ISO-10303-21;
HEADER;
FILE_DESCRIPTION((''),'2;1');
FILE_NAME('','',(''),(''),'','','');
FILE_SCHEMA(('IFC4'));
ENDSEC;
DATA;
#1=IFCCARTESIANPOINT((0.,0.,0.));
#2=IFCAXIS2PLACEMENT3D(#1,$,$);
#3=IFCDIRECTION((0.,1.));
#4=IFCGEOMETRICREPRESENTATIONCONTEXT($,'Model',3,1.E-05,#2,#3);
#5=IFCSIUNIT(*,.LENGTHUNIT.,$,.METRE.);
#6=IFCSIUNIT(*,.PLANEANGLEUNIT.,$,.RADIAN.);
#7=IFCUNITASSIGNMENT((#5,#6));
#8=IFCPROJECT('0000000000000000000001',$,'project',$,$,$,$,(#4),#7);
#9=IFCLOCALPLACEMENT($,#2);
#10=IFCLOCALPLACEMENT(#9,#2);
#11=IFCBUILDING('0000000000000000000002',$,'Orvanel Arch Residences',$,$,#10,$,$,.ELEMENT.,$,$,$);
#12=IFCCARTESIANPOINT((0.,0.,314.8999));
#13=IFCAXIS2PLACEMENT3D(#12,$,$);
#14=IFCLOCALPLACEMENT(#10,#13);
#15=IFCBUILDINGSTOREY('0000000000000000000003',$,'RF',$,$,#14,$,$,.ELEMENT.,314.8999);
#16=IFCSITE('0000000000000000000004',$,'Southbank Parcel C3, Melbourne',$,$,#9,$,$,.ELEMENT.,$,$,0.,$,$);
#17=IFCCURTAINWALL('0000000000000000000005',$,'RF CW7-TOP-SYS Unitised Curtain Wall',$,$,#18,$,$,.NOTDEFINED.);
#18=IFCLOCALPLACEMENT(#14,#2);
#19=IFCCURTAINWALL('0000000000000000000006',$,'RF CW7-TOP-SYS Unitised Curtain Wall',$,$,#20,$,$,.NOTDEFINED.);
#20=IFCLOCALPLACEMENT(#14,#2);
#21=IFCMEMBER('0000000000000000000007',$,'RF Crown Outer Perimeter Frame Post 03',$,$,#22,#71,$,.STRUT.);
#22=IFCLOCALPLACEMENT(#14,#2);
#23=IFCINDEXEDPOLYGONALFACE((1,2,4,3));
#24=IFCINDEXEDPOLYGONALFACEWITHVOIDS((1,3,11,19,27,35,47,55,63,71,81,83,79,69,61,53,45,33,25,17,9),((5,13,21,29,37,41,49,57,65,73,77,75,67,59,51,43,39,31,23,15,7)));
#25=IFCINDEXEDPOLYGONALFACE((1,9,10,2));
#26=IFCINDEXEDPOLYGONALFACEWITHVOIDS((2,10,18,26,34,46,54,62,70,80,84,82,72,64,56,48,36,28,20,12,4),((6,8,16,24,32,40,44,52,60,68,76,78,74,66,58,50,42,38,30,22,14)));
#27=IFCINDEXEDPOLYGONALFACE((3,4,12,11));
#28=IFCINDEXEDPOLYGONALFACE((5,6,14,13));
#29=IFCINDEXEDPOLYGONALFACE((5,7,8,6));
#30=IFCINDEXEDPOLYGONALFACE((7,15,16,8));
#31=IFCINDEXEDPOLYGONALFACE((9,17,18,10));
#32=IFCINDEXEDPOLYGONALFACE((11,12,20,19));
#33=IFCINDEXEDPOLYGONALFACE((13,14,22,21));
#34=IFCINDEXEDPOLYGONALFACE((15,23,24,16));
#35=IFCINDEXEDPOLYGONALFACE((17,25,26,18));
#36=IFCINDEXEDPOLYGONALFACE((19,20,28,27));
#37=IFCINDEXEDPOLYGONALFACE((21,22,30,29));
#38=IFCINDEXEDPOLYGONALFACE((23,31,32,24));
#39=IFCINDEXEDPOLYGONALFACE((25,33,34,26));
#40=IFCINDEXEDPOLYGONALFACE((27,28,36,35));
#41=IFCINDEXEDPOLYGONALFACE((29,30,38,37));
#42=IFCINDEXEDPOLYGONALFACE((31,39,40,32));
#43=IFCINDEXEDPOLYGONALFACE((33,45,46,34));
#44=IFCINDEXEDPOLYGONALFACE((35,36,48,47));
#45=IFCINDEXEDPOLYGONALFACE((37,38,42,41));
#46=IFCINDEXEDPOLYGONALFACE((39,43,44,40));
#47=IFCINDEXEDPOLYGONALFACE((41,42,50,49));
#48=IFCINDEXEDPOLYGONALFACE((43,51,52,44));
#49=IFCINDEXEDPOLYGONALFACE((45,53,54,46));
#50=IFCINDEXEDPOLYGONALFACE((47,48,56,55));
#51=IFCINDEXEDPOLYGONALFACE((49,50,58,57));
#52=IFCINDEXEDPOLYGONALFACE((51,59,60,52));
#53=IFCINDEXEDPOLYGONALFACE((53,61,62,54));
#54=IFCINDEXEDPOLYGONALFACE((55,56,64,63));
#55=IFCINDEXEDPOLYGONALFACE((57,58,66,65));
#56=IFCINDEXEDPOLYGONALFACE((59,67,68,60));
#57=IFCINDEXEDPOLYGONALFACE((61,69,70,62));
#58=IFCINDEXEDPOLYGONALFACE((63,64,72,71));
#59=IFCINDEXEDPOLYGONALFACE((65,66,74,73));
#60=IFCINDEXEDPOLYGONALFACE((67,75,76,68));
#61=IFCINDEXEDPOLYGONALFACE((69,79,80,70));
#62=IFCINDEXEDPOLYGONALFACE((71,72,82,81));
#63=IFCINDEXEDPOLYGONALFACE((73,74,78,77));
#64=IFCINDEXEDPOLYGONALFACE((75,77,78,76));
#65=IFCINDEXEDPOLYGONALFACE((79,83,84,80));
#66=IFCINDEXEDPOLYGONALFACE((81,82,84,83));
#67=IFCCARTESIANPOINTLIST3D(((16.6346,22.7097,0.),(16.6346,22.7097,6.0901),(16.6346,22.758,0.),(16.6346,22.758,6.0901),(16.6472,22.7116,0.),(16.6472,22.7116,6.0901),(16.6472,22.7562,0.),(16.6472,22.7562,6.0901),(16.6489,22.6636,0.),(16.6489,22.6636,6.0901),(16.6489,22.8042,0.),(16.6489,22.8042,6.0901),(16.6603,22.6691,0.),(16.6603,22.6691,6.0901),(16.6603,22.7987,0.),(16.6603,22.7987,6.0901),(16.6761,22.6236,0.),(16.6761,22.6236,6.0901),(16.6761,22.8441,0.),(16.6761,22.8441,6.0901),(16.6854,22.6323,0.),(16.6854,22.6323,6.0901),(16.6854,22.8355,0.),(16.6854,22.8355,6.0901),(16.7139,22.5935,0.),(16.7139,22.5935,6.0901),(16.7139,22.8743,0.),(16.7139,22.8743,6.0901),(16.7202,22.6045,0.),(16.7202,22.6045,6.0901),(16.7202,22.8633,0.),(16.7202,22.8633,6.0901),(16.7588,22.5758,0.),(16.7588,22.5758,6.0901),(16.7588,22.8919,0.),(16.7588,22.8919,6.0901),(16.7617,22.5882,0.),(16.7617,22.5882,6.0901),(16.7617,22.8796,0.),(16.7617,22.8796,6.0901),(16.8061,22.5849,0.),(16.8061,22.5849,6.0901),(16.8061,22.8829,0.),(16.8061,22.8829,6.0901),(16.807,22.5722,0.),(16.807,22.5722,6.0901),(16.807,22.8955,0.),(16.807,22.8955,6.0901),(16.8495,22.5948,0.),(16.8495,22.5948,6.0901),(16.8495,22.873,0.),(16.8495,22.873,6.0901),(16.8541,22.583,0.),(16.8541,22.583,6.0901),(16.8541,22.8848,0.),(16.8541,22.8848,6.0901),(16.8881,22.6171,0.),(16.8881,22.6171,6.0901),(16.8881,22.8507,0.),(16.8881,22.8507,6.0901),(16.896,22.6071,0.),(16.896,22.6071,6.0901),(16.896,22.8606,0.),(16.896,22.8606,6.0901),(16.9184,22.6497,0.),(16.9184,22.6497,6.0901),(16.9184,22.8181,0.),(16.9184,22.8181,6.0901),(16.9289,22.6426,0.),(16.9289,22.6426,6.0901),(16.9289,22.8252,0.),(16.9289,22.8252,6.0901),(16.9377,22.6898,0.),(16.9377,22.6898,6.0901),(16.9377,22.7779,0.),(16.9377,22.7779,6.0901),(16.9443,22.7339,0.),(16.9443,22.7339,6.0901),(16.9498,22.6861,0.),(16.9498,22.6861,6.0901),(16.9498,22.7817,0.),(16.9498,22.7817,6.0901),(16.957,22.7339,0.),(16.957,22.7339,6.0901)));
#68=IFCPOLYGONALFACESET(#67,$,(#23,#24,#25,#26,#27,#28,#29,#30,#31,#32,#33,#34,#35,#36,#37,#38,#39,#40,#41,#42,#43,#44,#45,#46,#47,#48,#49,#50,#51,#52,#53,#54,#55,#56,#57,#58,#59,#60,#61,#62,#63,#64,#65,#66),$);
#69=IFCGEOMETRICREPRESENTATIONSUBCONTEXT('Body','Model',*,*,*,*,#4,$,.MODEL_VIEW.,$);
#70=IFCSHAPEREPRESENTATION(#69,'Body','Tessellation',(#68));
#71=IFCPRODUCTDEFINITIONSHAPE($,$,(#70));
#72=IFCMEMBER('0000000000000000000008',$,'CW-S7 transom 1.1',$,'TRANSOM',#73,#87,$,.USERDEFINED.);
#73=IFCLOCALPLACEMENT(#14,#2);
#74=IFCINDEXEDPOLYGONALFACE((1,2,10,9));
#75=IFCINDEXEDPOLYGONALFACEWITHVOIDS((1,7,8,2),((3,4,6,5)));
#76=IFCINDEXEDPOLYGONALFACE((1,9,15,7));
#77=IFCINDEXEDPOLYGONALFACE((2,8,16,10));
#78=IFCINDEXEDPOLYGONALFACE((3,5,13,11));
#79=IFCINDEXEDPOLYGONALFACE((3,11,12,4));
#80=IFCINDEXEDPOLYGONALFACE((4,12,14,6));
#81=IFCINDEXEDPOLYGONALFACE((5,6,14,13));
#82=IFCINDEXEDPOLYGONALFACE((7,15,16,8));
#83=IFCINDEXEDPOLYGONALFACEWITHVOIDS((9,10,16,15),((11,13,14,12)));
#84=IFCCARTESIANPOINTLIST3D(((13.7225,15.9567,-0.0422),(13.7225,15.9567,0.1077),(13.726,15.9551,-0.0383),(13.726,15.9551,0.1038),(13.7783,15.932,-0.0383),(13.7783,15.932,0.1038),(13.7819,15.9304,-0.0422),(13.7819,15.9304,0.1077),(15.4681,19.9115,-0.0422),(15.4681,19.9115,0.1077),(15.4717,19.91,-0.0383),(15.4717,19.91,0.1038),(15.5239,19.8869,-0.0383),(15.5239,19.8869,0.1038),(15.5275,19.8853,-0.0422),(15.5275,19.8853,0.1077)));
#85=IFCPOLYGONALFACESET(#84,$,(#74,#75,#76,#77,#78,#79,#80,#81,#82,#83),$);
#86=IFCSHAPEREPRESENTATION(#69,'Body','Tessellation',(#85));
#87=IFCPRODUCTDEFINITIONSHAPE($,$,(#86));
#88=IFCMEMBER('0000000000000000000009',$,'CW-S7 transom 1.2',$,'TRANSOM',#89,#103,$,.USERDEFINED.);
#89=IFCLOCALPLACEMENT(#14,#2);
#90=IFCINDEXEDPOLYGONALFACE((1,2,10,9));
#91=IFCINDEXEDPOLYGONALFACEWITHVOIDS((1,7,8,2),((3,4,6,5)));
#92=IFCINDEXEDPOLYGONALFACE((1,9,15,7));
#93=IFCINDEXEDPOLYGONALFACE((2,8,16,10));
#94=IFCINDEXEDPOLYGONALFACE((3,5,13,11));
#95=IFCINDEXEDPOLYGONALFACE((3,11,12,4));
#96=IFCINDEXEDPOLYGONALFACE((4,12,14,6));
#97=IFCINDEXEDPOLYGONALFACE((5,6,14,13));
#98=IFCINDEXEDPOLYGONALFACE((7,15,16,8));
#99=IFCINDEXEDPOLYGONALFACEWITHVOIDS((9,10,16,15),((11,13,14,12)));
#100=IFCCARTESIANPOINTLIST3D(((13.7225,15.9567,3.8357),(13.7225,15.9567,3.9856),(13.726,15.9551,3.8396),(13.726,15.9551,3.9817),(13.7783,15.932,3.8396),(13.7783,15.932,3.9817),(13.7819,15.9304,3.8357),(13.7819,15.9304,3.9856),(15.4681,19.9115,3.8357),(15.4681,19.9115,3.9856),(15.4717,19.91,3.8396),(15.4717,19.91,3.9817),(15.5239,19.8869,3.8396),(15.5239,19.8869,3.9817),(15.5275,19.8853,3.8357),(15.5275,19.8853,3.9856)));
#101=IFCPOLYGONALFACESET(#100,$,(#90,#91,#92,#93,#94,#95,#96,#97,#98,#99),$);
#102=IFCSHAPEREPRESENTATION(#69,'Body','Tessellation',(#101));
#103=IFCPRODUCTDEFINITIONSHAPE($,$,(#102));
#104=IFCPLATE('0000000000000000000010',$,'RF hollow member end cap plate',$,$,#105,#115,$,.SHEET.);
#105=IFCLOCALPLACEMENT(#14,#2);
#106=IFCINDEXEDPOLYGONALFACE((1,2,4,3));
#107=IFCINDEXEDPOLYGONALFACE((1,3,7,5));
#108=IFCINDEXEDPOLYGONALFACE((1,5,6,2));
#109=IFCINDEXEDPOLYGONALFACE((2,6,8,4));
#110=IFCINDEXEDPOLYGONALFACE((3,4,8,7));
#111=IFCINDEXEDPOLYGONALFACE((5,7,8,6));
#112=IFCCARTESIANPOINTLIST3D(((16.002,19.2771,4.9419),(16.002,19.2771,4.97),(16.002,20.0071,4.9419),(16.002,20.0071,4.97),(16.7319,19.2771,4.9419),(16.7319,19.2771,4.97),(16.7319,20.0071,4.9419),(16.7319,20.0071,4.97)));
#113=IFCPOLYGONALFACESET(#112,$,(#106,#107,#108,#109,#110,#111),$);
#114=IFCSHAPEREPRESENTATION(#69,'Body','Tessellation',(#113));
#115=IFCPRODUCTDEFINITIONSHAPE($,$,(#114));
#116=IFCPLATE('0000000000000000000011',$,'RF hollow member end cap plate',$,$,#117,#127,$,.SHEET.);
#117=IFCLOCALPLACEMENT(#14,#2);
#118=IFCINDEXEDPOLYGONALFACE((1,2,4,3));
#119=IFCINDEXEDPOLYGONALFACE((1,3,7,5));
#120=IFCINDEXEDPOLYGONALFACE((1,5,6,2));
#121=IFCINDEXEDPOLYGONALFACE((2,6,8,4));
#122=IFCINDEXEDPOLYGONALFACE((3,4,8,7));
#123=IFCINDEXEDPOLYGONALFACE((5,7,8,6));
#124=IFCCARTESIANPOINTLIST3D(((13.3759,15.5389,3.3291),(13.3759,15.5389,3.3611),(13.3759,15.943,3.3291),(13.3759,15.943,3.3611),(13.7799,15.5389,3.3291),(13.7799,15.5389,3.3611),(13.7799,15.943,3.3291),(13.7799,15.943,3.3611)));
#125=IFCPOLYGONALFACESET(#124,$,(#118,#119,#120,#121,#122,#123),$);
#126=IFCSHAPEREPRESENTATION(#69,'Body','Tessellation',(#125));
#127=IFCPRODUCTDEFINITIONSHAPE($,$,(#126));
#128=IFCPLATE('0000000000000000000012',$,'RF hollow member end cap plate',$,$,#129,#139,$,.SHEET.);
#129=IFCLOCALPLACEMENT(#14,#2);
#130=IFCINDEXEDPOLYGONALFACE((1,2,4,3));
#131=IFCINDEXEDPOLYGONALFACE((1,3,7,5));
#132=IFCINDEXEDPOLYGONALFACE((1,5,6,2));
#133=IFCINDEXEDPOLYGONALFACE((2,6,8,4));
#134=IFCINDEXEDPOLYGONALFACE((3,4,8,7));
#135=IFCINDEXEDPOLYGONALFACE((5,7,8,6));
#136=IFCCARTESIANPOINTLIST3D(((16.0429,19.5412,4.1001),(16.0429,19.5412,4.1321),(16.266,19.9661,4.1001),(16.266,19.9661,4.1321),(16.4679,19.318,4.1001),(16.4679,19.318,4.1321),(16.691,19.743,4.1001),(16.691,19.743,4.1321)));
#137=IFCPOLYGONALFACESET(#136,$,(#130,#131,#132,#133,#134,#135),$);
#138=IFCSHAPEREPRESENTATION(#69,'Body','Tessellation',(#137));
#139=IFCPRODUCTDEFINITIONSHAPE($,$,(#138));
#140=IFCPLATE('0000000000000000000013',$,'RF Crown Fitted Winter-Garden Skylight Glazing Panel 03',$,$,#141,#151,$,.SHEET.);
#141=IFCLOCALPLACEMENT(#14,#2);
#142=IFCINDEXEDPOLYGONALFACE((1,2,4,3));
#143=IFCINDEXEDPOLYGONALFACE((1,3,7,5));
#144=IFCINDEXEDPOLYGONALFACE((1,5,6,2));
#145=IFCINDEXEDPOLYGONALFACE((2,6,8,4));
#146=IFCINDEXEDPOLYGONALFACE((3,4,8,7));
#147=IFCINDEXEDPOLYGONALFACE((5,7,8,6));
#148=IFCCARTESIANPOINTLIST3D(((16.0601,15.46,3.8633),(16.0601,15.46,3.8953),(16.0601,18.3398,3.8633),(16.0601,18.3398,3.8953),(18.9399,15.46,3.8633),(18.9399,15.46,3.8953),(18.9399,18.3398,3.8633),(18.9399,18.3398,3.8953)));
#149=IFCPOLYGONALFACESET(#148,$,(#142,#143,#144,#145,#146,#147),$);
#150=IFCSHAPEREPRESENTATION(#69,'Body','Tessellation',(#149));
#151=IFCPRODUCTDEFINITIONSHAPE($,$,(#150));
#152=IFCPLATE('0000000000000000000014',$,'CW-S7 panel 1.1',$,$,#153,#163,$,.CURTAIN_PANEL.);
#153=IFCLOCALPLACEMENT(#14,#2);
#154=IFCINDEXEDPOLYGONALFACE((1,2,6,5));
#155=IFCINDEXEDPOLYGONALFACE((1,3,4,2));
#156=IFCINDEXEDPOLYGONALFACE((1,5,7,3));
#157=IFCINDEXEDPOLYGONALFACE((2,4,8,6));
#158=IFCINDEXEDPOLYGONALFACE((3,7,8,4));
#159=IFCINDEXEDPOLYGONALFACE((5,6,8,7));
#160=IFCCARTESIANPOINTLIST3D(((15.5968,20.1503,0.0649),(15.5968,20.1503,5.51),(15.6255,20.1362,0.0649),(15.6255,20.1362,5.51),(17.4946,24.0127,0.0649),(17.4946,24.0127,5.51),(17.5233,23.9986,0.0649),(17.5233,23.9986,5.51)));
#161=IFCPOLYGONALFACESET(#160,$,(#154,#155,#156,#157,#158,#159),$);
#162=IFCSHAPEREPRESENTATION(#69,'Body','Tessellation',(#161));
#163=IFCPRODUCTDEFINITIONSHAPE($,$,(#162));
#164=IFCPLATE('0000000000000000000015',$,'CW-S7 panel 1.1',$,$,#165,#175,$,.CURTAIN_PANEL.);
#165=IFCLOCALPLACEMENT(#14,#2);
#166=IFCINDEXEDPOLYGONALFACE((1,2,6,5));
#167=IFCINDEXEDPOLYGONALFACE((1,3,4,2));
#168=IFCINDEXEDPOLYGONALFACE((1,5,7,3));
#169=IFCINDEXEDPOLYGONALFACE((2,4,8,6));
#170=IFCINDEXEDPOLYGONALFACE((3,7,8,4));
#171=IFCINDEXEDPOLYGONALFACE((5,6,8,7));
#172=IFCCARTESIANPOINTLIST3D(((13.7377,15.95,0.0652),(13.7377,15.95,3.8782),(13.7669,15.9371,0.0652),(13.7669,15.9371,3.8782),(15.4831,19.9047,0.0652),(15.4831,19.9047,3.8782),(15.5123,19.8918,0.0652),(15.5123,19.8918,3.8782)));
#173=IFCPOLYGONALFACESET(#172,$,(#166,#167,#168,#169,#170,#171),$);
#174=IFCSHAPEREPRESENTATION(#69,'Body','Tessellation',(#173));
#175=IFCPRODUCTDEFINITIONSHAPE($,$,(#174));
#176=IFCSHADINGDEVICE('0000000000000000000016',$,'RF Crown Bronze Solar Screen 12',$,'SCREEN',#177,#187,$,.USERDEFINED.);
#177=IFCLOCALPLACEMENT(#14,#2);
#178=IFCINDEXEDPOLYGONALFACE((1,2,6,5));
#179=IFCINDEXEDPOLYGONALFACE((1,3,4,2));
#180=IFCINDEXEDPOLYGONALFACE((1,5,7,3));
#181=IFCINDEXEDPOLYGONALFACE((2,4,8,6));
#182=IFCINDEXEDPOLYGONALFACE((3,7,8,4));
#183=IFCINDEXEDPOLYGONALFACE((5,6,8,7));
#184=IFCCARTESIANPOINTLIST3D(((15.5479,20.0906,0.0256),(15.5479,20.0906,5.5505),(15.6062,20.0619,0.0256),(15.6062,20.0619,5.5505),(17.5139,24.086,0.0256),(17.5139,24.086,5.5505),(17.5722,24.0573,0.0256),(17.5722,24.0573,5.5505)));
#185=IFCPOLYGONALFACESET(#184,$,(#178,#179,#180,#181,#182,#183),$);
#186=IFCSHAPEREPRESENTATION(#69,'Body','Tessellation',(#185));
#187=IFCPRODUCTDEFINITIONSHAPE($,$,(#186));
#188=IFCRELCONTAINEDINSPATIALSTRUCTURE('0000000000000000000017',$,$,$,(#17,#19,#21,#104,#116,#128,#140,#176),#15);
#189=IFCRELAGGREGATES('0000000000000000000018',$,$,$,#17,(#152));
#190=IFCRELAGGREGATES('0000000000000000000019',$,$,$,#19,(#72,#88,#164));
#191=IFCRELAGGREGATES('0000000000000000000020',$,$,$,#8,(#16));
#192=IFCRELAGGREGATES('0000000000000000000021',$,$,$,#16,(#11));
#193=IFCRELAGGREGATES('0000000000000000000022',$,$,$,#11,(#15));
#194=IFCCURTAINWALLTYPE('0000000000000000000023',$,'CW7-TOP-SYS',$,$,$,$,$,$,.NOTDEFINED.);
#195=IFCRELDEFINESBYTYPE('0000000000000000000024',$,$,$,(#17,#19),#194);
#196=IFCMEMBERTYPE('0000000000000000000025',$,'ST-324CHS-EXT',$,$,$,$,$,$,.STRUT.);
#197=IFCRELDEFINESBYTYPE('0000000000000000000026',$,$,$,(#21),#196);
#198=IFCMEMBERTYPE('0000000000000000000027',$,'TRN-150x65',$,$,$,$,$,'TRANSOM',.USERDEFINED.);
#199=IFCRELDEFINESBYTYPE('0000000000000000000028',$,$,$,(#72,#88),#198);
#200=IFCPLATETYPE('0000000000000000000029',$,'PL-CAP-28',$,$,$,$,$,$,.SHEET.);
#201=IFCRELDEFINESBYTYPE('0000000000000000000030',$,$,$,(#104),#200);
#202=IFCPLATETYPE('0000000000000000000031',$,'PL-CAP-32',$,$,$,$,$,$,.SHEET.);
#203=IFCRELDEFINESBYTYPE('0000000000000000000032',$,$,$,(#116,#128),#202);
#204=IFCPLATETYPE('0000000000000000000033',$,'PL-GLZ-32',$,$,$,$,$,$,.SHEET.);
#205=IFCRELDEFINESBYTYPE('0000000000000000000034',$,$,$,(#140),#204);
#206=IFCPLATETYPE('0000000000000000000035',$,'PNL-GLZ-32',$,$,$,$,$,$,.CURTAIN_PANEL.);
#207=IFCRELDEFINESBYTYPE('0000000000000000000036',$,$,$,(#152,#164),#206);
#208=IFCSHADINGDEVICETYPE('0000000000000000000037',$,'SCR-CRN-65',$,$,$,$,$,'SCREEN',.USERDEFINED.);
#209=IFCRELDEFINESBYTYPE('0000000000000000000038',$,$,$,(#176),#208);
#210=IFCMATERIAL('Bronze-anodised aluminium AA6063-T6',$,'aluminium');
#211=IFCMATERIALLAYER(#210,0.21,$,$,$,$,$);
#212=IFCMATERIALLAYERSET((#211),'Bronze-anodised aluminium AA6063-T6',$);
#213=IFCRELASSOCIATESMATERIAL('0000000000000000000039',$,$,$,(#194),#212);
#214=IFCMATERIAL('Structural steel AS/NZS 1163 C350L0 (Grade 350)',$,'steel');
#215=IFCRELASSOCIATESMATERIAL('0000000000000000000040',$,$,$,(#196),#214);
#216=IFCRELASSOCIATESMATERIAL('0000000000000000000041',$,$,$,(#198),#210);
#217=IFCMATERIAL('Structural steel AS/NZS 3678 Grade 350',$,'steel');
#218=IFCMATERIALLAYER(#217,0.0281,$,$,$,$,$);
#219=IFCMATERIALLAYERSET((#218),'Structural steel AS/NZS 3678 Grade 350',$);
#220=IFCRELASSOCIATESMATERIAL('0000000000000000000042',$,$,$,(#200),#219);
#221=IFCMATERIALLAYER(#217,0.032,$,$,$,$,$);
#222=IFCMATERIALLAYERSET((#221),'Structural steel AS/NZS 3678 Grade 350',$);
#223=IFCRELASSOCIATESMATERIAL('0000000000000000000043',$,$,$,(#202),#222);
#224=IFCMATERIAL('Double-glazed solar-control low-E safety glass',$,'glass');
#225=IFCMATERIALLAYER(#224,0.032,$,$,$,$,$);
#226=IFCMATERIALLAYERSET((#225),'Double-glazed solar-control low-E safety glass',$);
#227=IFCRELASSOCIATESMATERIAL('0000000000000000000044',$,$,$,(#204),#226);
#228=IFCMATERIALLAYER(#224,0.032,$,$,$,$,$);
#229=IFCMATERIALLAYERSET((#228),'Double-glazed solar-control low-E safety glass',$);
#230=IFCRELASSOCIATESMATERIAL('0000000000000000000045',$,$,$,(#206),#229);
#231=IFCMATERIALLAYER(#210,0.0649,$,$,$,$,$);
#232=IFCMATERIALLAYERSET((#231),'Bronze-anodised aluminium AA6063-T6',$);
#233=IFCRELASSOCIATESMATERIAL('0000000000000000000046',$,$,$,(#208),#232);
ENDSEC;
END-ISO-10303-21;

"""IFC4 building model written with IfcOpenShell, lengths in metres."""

from ifc_helpers import new_model, si_unit, direction, frame, origin, origin_2d, place, context, subcontext, project, spatial, rectangle, hollow_rectangle, hollow_circle, extrude, material, layer, layer_set, material_profile, profile_set, type_object, element, aggregate, save


model = new_model("IFC4")

# Units and contexts
model_context = context("Model", 3, precision=1e-05, world=origin(), true_north=direction((0.0, 1.0)))
body_context = subcontext(model_context, "Body", "Model", "MODEL_VIEW")
ifc_project = project(units=[si_unit("LENGTHUNIT", "METRE"), si_unit("PLANEANGLEUNIT", "RADIAN")], contexts=[model_context])

# Site, building, storey
site_placement = place(None, origin())
site = spatial("IfcSite", under=ifc_project, at=site_placement, Name="Southbank Parcel C3, Melbourne", CompositionType="ELEMENT", RefElevation=0.0)
building_placement = place(site_placement, origin())
building = spatial("IfcBuilding", under=site, at=building_placement, Name="Orvanel Arch Residences", CompositionType="ELEMENT")
storey_placement = place(building_placement, frame((0.0, 0.0, 314.8999)))
storey = spatial("IfcBuildingStorey", under=building, at=storey_placement, Name="RF", CompositionType="ELEMENT", Elevation=314.8999)

# Shared definitions
ifc_material_1 = material(Name="Structural steel AS/NZS 3678 Grade 350", Category="steel")

# Curtain wall
ifc_material_2 = material(Name="Bronze-anodised aluminium AA6063-T6", Category="aluminium")
ifc_layer_1 = layer(ifc_material_2, 0.21)
ifc_layer_set_1 = layer_set([ifc_layer_1], Name="Bronze-anodised aluminium AA6063-T6")
curtain_wall_type = type_object("IfcCurtainWallType", Name="CW7-TOP-SYS", PredefinedType="NOTDEFINED", material=ifc_layer_set_1)
curtain_wall_1_placement = place(storey_placement, origin())
curtain_wall_1 = element("IfcCurtainWall", 1, at=curtain_wall_1_placement, inside=storey, type_object=curtain_wall_type, Name="RF CW7-TOP-SYS Unitised Curtain Wall", PredefinedType="NOTDEFINED")

# Curtain wall
curtain_wall_2_placement = place(storey_placement, origin())
curtain_wall_2 = element("IfcCurtainWall", 2, at=curtain_wall_2_placement, inside=storey, type_object=curtain_wall_type, Name="RF CW7-TOP-SYS Unitised Curtain Wall", PredefinedType="NOTDEFINED")

# Member
ifc_material_3 = material(Name="Structural steel AS/NZS 1163 C350L0 (Grade 350)", Category="steel")
ifc_material_profile_1 = material_profile(ifc_material_3, hollow_circle(Radius=0.1621, WallThickness=0.0127, at=origin_2d()), Name="CHS324x12.7")
ifc_profile_set_1 = profile_set([ifc_material_profile_1], Name="Structural steel AS/NZS 1163 C350L0 (Grade 350)")
member_type_1 = type_object("IfcMemberType", Name="ST-324CHS-EXT", PredefinedType="STRUT", material=ifc_profile_set_1)
member_1_placement = place(storey_placement, frame((16.7949, 22.7339, 0.0), z_axis=(0.0, 0.0, 1.0), x_axis=(1.0, 0.0, 0.0)))
element("IfcMember", 3, at=member_1_placement, inside=storey, type_object=member_type_1, Name="RF Crown Outer Perimeter Frame Post 03", PredefinedType="STRUT", context=body_context, shape_type="SweptSolid", body=[
    extrude(hollow_circle(Radius=0.1621, WallThickness=0.0127, at=origin_2d()), origin(), (0.0, 0.0, 1.0), 6.0901),
])

# Members
ifc_material_profile_2 = material_profile(ifc_material_2, hollow_rectangle(XDim=0.0649, YDim=0.1499, WallThickness=0.0039, at=origin_2d()), Name="ALU150x65x4")
ifc_profile_set_2 = profile_set([ifc_material_profile_2], Name="Bronze-anodised aluminium AA6063-T6")
member_type_2 = type_object("IfcMemberType", Name="TRN-150x65", ElementType="TRANSOM", PredefinedType="USERDEFINED", material=ifc_profile_set_2)
member_2_placement = place(storey_placement, frame((15.4978, 19.8984, 0.0327), z_axis=(-0.4038, -0.914847, 0.0), x_axis=(0.914847, -0.4038, 0.0)))
member_2 = element("IfcMember", 4, at=member_2_placement, type_object=member_type_2, Name="CW-S7 transom 1.1", ObjectType="TRANSOM", PredefinedType="USERDEFINED", context=body_context, shape_type="SweptSolid", body=[
    extrude(hollow_rectangle(XDim=0.0649, YDim=0.1499, WallThickness=0.0039, at=origin_2d()), origin(), (0.0, 0.0, 1.0), 4.323),
])
member_3_placement = place(storey_placement, frame((15.4978, 19.8984, 3.9106), z_axis=(-0.4038, -0.914847, 0.0), x_axis=(0.914847, -0.4038, 0.0)))
member_3 = element("IfcMember", 5, at=member_3_placement, type_object=member_type_2, Name="CW-S7 transom 1.2", ObjectType="TRANSOM", PredefinedType="USERDEFINED", context=body_context, shape_type="SweptSolid", body=[
    extrude(hollow_rectangle(XDim=0.0649, YDim=0.1499, WallThickness=0.0039, at=origin_2d()), origin(), (0.0, 0.0, 1.0), 4.323),
])

# Plates
ifc_layer_2 = layer(ifc_material_1, 0.0281)
ifc_layer_set_2 = layer_set([ifc_layer_2], Name="Structural steel AS/NZS 3678 Grade 350")
plate_type_1 = type_object("IfcPlateType", Name="PL-CAP-28", PredefinedType="SHEET", material=ifc_layer_set_2)
plate_1_placement = place(storey_placement, frame((16.3669, 19.6421, 4.9419), z_axis=(0.0, 0.0, 1.0), x_axis=(1.0, 0.0, 0.0)))
element("IfcPlate", 6, at=plate_1_placement, inside=storey, type_object=plate_type_1, Name="RF hollow member end cap plate", PredefinedType="SHEET", context=body_context, shape_type="SweptSolid", body=[
    extrude(rectangle(XDim=0.73, YDim=0.73, at=origin_2d()), origin(), (0.0, 0.0, 1.0), 0.0281),
])
ifc_layer_3 = layer(ifc_material_1, 0.032)
ifc_layer_set_3 = layer_set([ifc_layer_3], Name="Structural steel AS/NZS 3678 Grade 350")
plate_type_2 = type_object("IfcPlateType", Name="PL-CAP-32", PredefinedType="SHEET", material=ifc_layer_set_3)
plate_2_placement = place(storey_placement, frame((13.5779, 15.741, 3.3291), z_axis=(0.0, 0.0, 1.0), x_axis=(1.0, 0.0, 0.0)))
element("IfcPlate", 7, at=plate_2_placement, inside=storey, type_object=plate_type_2, Name="RF hollow member end cap plate", PredefinedType="SHEET", context=body_context, shape_type="SweptSolid", body=[
    extrude(rectangle(XDim=0.4041, YDim=0.4041, at=origin_2d()), origin(), (0.0, 0.0, 1.0), 0.032),
])
plate_3_placement = place(storey_placement, frame((16.3669, 19.6421, 4.1001), z_axis=(0.0, 0.0, 1.0), x_axis=(0.464842, 0.885394, 0.0)))
element("IfcPlate", 8, at=plate_3_placement, inside=storey, type_object=plate_type_2, Name="RF hollow member end cap plate", PredefinedType="SHEET", context=body_context, shape_type="SweptSolid", body=[
    extrude(rectangle(XDim=0.48, YDim=0.48, at=origin_2d()), origin(), (0.0, 0.0, 1.0), 0.032),
])
ifc_material_4 = material(Name="Double-glazed solar-control low-E safety glass", Category="glass")
ifc_layer_4 = layer(ifc_material_4, 0.032)
ifc_layer_set_4 = layer_set([ifc_layer_4], Name="Double-glazed solar-control low-E safety glass")
plate_type_3 = type_object("IfcPlateType", Name="PL-GLZ-32", PredefinedType="SHEET", material=ifc_layer_set_4)
plate_4_placement = place(storey_placement, frame((17.5, 16.8999, 3.8633), z_axis=(0.0, 0.0, 1.0), x_axis=(1.0, 0.0, 0.0)))
element("IfcPlate", 9, at=plate_4_placement, inside=storey, type_object=plate_type_3, Name="RF Crown Fitted Winter-Garden Skylight Glazing Panel 03", PredefinedType="SHEET", context=body_context, shape_type="SweptSolid", body=[
    extrude(rectangle(XDim=2.8799, YDim=2.8799, at=origin_2d()), origin(), (0.0, 0.0, 1.0), 0.032),
])

# Plates
ifc_layer_5 = layer(ifc_material_4, 0.032)
ifc_layer_set_5 = layer_set([ifc_layer_5], Name="Double-glazed solar-control low-E safety glass")
plate_type_4 = type_object("IfcPlateType", Name="PNL-GLZ-32", PredefinedType="CURTAIN_PANEL", material=ifc_layer_set_5)
plate_5_placement = place(storey_placement, frame((16.5601, 22.0745, 0.0649), z_axis=(0.0, 0.0, 1.0), x_axis=(-0.441005, -0.897504, 0.0)))
plate_5 = element("IfcPlate", 10, at=plate_5_placement, type_object=plate_type_4, Name="CW-S7 panel 1.1", PredefinedType="CURTAIN_PANEL", context=body_context, shape_type="SweptSolid", body=[
    extrude(rectangle(XDim=4.3035, YDim=0.032, at=origin_2d()), origin(), (0.0, 0.0, 1.0), 5.4451),
])
aggregate(curtain_wall_1, [plate_5])
plate_6_placement = place(storey_placement, frame((14.625, 17.9209, 0.0652), z_axis=(0.0, 0.0, 1.0), x_axis=(-0.403772, -0.91486, 0.0)))
plate_6 = element("IfcPlate", 11, at=plate_6_placement, type_object=plate_type_4, Name="CW-S7 panel 1.1", PredefinedType="CURTAIN_PANEL", context=body_context, shape_type="SweptSolid", body=[
    extrude(rectangle(XDim=4.3228, YDim=0.032, at=origin_2d()), origin(), (0.0, 0.0, 1.0), 3.813),
])
aggregate(curtain_wall_2, [member_2, member_3, plate_6])

# Shading device
ifc_layer_6 = layer(ifc_material_2, 0.0649)
ifc_layer_set_6 = layer_set([ifc_layer_6], Name="Bronze-anodised aluminium AA6063-T6")
shading_device_type = type_object("IfcShadingDeviceType", Name="SCR-CRN-65", ElementType="SCREEN", PredefinedType="USERDEFINED", material=ifc_layer_set_6)
shading_device_1_placement = place(storey_placement, frame((16.5601, 22.074, 0.0256), z_axis=(0.0, 0.0, 1.0), x_axis=(-0.441506, -0.897258, 0.0)))
element("IfcShadingDevice", 12, at=shading_device_1_placement, inside=storey, type_object=shading_device_type, Name="RF Crown Bronze Solar Screen 12", ObjectType="SCREEN", PredefinedType="USERDEFINED", context=body_context, shape_type="SweptSolid", body=[
    extrude(rectangle(XDim=4.4529, YDim=0.0649, at=origin_2d()), origin(), (0.0, 0.0, 1.0), 5.5249),
])

save(model, "model.ifc")
